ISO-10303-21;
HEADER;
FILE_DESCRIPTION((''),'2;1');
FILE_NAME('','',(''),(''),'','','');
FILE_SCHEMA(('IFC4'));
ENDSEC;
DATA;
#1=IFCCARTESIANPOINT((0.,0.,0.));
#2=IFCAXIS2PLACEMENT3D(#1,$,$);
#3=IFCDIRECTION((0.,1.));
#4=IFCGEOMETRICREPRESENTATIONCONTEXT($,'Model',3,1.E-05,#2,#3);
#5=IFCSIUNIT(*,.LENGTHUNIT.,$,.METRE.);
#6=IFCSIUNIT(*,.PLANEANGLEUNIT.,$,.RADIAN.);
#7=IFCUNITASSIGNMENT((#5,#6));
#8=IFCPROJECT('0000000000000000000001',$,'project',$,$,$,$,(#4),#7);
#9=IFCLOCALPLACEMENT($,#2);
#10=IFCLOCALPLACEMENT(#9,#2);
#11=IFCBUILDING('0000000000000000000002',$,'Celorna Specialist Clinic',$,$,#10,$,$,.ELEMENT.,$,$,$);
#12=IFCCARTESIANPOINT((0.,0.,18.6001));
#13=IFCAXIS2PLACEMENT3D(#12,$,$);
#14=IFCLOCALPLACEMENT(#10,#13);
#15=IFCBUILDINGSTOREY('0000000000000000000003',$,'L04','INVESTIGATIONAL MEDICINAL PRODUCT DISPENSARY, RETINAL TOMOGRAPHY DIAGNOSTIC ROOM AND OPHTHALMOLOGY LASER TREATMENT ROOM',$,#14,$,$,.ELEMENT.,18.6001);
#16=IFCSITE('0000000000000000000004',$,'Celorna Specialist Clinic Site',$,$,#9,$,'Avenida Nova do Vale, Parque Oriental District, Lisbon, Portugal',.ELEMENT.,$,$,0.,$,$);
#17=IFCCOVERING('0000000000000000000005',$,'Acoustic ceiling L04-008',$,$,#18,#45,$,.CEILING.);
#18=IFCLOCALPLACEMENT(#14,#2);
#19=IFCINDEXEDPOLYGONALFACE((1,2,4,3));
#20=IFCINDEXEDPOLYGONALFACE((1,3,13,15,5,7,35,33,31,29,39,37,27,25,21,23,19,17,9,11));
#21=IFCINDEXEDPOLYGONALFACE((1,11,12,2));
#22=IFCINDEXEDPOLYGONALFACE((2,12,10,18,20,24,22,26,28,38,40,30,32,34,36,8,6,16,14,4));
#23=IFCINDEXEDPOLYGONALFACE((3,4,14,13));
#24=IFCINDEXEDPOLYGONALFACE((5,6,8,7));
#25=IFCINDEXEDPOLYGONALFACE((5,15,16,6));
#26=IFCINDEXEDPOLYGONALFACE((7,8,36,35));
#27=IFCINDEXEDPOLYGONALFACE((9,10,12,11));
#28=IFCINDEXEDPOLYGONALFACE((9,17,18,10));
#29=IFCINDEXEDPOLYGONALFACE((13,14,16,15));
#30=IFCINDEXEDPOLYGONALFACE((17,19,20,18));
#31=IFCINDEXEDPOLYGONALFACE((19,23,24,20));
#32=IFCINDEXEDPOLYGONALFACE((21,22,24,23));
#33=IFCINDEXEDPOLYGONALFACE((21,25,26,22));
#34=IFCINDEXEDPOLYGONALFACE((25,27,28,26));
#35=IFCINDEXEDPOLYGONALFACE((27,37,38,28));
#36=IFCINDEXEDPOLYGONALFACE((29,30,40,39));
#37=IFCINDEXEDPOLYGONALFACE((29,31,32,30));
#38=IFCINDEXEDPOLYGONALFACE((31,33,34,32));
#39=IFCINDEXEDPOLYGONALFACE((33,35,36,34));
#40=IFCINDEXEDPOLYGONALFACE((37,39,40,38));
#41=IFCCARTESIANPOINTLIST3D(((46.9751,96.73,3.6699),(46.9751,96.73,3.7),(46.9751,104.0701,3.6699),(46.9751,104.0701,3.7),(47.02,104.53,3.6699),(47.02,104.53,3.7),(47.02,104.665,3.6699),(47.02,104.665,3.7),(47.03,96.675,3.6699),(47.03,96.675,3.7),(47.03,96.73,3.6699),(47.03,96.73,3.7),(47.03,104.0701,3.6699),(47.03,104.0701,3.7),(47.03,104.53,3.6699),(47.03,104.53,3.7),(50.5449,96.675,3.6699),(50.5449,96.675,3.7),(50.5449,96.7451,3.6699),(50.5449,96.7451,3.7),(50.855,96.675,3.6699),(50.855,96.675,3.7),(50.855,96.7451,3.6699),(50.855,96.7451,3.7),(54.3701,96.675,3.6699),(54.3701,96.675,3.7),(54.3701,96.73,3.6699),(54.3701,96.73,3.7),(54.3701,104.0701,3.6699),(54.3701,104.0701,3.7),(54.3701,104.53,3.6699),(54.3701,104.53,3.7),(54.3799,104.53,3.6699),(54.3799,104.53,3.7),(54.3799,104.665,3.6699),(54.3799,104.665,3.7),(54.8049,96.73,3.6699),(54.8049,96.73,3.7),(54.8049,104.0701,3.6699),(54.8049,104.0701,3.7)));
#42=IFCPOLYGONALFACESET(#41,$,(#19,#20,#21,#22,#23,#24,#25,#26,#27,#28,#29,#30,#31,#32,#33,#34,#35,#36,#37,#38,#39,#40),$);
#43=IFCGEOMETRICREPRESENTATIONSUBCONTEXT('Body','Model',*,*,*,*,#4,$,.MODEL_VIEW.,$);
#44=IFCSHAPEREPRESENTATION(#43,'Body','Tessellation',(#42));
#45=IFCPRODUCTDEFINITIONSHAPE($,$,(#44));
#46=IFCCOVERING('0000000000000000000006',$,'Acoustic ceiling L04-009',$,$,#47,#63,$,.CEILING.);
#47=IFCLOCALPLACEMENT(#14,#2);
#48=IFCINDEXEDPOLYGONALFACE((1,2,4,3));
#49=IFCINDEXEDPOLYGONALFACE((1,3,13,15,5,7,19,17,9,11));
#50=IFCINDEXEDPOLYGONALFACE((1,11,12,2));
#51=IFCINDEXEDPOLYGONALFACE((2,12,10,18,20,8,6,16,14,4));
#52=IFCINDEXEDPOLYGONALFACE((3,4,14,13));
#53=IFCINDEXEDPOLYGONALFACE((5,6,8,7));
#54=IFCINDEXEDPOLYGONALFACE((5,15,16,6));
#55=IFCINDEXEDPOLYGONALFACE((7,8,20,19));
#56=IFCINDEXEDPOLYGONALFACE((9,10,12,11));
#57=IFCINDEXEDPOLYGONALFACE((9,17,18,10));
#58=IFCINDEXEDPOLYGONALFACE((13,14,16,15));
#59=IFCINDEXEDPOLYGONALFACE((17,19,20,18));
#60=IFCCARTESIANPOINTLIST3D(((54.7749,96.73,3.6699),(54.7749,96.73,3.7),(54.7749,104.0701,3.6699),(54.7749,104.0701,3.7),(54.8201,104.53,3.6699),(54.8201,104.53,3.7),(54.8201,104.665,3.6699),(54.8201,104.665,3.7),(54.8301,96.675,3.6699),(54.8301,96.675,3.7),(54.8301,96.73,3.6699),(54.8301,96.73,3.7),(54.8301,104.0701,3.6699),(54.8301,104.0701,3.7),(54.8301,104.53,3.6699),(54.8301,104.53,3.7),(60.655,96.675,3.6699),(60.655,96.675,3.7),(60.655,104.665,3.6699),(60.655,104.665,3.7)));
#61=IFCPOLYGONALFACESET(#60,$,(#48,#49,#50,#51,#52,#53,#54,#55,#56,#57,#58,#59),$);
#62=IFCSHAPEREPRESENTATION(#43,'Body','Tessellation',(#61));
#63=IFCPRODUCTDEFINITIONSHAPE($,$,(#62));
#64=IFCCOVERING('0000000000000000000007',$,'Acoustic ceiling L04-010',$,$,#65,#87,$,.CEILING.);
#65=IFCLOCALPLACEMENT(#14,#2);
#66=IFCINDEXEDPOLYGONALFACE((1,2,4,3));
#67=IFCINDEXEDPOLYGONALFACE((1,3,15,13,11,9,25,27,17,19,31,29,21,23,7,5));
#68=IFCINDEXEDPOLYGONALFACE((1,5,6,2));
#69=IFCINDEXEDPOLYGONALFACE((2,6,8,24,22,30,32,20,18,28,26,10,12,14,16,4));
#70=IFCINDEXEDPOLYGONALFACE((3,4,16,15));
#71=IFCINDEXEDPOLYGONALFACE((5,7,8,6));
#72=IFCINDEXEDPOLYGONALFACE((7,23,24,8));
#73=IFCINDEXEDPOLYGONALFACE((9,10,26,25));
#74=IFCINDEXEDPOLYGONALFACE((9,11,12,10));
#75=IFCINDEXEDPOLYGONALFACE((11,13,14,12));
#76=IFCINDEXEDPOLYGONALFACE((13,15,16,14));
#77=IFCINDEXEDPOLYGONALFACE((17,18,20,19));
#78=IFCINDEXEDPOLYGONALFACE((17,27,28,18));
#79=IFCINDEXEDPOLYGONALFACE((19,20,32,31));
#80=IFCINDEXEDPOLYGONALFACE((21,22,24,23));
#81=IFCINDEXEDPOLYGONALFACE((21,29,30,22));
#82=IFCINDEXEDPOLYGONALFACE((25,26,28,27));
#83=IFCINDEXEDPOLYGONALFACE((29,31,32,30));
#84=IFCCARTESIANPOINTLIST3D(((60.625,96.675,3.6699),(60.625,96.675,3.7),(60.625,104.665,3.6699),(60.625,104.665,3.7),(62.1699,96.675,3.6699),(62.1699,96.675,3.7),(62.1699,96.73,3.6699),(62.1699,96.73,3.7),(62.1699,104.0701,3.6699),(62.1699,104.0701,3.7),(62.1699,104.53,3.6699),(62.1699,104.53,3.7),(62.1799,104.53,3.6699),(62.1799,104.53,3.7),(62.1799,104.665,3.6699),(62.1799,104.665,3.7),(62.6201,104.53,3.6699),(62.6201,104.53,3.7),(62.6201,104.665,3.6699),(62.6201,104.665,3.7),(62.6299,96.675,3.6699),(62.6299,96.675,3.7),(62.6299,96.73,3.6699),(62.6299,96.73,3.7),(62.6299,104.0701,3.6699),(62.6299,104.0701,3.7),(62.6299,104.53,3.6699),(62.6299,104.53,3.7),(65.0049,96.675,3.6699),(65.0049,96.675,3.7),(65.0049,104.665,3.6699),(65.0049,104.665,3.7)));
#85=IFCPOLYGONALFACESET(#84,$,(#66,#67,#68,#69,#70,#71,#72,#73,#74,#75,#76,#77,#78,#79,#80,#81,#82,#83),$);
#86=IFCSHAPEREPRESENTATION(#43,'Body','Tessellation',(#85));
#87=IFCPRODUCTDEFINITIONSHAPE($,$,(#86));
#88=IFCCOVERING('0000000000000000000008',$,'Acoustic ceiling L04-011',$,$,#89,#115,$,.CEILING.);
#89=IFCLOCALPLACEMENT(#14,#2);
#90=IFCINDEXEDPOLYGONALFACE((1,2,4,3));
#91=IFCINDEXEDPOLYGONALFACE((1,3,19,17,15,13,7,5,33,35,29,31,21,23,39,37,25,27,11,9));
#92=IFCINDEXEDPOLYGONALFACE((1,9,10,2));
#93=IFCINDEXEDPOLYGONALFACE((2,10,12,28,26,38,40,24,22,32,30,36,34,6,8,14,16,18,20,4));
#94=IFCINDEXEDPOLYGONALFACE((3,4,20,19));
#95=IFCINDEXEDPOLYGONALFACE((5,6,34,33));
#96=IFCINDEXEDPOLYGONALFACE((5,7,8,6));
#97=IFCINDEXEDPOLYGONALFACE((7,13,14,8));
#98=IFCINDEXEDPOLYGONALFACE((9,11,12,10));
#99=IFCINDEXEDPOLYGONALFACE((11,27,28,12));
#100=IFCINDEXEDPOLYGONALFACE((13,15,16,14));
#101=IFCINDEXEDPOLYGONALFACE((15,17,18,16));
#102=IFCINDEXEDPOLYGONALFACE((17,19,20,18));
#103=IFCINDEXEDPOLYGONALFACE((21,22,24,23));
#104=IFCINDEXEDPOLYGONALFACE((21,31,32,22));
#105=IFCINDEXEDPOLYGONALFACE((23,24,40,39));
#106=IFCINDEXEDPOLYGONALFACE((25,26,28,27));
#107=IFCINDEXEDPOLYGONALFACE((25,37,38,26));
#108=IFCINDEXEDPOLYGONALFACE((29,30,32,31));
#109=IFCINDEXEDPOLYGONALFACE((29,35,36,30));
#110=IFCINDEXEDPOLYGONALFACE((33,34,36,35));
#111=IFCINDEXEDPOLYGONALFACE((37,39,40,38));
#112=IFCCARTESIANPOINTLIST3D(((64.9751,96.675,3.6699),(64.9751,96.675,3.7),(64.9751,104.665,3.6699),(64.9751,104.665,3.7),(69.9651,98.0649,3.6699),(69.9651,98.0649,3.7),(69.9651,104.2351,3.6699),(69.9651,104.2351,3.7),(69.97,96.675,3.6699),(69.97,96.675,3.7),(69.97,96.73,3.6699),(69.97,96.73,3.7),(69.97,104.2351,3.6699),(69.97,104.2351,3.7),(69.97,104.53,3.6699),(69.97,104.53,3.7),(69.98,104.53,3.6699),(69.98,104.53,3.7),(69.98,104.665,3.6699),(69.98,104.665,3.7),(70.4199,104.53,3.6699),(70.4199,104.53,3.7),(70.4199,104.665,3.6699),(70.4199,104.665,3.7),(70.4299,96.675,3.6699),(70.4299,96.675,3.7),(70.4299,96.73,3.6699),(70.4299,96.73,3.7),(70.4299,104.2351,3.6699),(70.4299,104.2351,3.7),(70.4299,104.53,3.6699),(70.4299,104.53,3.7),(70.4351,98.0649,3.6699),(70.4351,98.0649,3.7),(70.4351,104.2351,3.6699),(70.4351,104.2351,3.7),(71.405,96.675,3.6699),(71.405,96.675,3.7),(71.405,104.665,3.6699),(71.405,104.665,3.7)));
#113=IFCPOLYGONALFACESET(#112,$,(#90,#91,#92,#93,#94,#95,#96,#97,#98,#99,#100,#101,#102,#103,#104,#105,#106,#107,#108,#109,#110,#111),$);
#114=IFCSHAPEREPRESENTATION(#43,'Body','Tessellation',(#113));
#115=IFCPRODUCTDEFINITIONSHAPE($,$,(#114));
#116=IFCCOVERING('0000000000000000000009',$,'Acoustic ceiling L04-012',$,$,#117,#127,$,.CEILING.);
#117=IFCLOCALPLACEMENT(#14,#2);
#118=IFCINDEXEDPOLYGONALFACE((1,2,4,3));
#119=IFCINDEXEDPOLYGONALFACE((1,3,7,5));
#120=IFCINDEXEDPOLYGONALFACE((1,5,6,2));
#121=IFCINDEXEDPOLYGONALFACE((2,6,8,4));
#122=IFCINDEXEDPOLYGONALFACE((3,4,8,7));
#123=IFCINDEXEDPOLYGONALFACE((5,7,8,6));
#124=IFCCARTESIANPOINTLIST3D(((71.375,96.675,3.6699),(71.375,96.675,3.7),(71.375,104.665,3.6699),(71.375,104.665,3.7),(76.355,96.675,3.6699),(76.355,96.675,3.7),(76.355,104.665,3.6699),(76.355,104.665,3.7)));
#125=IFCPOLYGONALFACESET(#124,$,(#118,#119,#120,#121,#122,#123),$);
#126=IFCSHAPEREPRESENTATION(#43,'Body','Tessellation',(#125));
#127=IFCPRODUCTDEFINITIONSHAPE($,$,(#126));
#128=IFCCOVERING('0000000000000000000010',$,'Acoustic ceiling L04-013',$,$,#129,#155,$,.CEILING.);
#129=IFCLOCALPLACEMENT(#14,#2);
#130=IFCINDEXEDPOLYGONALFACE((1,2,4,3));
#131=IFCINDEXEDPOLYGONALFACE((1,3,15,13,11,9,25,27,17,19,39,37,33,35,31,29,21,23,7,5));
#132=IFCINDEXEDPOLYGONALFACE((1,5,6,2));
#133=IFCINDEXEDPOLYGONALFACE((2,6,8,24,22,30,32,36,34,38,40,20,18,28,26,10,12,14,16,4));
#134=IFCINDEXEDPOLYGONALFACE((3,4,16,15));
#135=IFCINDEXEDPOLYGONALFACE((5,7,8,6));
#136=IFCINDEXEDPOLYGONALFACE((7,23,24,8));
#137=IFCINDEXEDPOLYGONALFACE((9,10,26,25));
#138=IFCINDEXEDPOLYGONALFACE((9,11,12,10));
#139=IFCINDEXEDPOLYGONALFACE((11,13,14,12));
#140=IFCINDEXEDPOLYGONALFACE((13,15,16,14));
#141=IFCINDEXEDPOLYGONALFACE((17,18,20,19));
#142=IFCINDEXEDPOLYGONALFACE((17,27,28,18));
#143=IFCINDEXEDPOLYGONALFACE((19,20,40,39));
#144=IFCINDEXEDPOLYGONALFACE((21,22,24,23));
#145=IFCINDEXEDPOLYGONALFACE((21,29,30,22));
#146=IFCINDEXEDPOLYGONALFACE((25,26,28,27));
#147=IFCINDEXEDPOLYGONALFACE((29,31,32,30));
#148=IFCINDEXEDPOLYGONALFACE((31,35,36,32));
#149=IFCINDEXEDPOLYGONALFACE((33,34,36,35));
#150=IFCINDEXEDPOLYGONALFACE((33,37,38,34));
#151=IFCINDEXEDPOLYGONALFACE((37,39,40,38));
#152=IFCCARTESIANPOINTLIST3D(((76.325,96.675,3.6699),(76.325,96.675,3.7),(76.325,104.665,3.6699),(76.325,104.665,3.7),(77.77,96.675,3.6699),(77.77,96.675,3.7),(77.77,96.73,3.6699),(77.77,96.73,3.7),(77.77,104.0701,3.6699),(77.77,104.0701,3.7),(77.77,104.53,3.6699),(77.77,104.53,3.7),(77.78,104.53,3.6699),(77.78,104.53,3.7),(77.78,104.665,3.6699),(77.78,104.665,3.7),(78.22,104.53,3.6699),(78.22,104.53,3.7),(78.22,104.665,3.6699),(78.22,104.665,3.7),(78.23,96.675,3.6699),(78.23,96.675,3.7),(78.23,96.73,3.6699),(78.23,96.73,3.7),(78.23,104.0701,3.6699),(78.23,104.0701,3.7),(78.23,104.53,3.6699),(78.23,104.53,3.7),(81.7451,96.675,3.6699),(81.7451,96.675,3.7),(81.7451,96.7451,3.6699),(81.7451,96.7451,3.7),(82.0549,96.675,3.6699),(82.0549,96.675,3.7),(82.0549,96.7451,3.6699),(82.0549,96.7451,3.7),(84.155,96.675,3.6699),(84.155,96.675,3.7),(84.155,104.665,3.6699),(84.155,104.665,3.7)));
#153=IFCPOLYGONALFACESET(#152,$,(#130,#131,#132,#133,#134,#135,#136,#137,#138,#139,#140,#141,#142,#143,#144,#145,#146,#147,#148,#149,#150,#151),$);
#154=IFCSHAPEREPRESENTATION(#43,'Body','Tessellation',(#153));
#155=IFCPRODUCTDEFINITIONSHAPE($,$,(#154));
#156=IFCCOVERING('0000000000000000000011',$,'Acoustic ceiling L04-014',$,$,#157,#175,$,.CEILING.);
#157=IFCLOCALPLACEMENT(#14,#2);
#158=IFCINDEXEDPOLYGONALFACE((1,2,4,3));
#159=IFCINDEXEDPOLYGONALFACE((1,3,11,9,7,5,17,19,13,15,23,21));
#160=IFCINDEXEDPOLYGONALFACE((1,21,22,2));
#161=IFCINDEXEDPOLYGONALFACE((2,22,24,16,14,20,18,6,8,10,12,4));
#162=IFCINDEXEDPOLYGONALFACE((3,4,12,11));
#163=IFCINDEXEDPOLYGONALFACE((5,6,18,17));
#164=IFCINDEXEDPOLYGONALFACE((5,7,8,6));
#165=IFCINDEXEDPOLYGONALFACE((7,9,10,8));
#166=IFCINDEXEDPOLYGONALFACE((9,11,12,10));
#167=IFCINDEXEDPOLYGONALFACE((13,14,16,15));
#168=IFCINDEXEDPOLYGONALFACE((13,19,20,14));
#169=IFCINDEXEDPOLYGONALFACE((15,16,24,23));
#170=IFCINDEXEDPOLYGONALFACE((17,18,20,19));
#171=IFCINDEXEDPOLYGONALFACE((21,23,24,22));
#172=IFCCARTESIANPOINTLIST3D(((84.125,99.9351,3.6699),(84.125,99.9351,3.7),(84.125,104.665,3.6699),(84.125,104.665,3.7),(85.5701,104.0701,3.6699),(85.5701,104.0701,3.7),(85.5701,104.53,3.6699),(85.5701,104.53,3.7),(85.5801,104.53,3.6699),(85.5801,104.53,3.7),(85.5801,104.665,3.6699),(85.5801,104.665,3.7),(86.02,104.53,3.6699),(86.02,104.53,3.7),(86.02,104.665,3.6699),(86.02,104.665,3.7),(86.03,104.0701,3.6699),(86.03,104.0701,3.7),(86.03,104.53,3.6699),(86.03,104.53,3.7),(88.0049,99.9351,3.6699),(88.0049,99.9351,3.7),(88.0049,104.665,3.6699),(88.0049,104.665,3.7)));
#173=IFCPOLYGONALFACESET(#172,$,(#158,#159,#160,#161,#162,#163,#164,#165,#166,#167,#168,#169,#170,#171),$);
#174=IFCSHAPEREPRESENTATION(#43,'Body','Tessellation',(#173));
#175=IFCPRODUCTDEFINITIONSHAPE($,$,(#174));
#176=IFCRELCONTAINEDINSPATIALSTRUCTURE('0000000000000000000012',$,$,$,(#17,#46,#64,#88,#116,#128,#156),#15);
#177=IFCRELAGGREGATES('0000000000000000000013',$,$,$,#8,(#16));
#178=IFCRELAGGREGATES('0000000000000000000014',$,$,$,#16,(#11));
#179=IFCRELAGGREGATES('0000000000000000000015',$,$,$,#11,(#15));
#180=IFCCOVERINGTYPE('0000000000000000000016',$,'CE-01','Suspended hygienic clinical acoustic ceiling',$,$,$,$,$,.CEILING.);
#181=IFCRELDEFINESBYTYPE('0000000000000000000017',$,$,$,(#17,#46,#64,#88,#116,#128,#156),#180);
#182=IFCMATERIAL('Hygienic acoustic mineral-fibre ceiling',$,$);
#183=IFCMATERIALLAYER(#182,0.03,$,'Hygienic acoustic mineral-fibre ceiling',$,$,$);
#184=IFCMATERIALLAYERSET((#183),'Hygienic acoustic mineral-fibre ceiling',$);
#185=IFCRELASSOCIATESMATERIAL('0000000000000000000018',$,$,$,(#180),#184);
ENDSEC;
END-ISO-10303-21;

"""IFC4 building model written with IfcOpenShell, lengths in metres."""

from ifc_helpers import new_model, si_unit, direction, frame, origin, place, context, subcontext, project, spatial, polyline, outline, extrude, material, layer, layer_set, type_object, element, save


model = new_model("IFC4")

# Units and contexts
model_context = context("Model", 3, precision=1e-05, world=origin(), true_north=direction((0.0, 1.0)))
body_context = subcontext(model_context, "Body", "Model", "MODEL_VIEW")
ifc_project = project(units=[si_unit("LENGTHUNIT", "METRE"), si_unit("PLANEANGLEUNIT", "RADIAN")], contexts=[model_context])

# Site, building, storey
site_placement = place(None, origin())
site = spatial("IfcSite", under=ifc_project, at=site_placement, Name="Celorna Specialist Clinic Site", LongName="Avenida Nova do Vale, Parque Oriental District, Lisbon, Portugal", CompositionType="ELEMENT", RefElevation=0.0)
building_placement = place(site_placement, origin())
building = spatial("IfcBuilding", under=site, at=building_placement, Name="Celorna Specialist Clinic", CompositionType="ELEMENT")
storey_placement = place(building_placement, frame((0.0, 0.0, 18.6001)))
storey = spatial("IfcBuildingStorey", under=building, at=storey_placement, Name="L04", Description="INVESTIGATIONAL MEDICINAL PRODUCT DISPENSARY, RETINAL TOMOGRAPHY DIAGNOSTIC ROOM AND OPHTHALMOLOGY LASER TREATMENT ROOM", CompositionType="ELEMENT", Elevation=18.6001)

# Coverings
ifc_material_1 = material(Name="Hygienic acoustic mineral-fibre ceiling")
ifc_layer_1 = layer(ifc_material_1, 0.03, Name="Hygienic acoustic mineral-fibre ceiling")
ifc_layer_set_1 = layer_set([ifc_layer_1], Name="Hygienic acoustic mineral-fibre ceiling")
covering_type_1 = type_object("IfcCoveringType", Name="CE-01", Description="Suspended hygienic clinical acoustic ceiling", PredefinedType="CEILING", material=ifc_layer_set_1)
covering_1_placement = place(storey_placement, frame((0.0, 0.0, 3.6699)))
element("IfcCovering", 1, at=covering_1_placement, inside=storey, type_object=covering_type_1, Name="Acoustic ceiling L04-008", PredefinedType="CEILING", context=body_context, shape_type="SweptSolid", body=[
    extrude(outline(polyline([(46.9751, 104.0701), (47.03, 104.0701), (47.03, 104.53), (47.02, 104.53), (47.02, 104.665), (54.3799, 104.665), (54.3799, 104.53), (54.3701, 104.53), (54.3701, 104.0701), (54.8049, 104.0701), (54.8049, 96.73), (54.3701, 96.73), (54.3701, 96.675), (50.855, 96.675), (50.855, 96.7451), (50.5449, 96.7451), (50.5449, 96.675), (47.03, 96.675), (47.03, 96.73), (46.9751, 96.73), (46.9751, 104.0701)])), origin(), (0.0, 0.0, 1.0), 0.03),
])
covering_2_placement = place(storey_placement, frame((0.0, 0.0, 3.6699)))
element("IfcCovering", 2, at=covering_2_placement, inside=storey, type_object=covering_type_1, Name="Acoustic ceiling L04-009", PredefinedType="CEILING", context=body_context, shape_type="SweptSolid", body=[
    extrude(outline(polyline([(54.7749, 104.0701), (54.8301, 104.0701), (54.8301, 104.53), (54.8201, 104.53), (54.8201, 104.665), (60.655, 104.665), (60.655, 96.675), (54.8301, 96.675), (54.8301, 96.73), (54.7749, 96.73), (54.7749, 104.0701)])), origin(), (0.0, 0.0, 1.0), 0.03),
])
covering_3_placement = place(storey_placement, frame((0.0, 0.0, 3.6699)))
element("IfcCovering", 3, at=covering_3_placement, inside=storey, type_object=covering_type_1, Name="Acoustic ceiling L04-010", PredefinedType="CEILING", context=body_context, shape_type="SweptSolid", body=[
    extrude(outline(polyline([(62.1799, 104.665), (62.1799, 104.53), (62.1699, 104.53), (62.1699, 104.0701), (62.6299, 104.0701), (62.6299, 104.53), (62.6201, 104.53), (62.6201, 104.665), (65.0049, 104.665), (65.0049, 96.675), (62.6299, 96.675), (62.6299, 96.73), (62.1699, 96.73), (62.1699, 96.675), (60.625, 96.675), (60.625, 104.665), (62.1799, 104.665)])), origin(), (0.0, 0.0, 1.0), 0.03),
])
covering_4_placement = place(storey_placement, frame((0.0, 0.0, 3.6699)))
element("IfcCovering", 4, at=covering_4_placement, inside=storey, type_object=covering_type_1, Name="Acoustic ceiling L04-011", PredefinedType="CEILING", context=body_context, shape_type="SweptSolid", body=[
    extrude(outline(polyline([(69.98, 104.665), (69.98, 104.53), (69.97, 104.53), (69.97, 104.2351), (69.9651, 104.2351), (69.9651, 98.0649), (70.4351, 98.0649), (70.4351, 104.2351), (70.4299, 104.2351), (70.4299, 104.53), (70.4199, 104.53), (70.4199, 104.665), (71.405, 104.665), (71.405, 96.675), (70.4299, 96.675), (70.4299, 96.73), (69.97, 96.73), (69.97, 96.675), (64.9751, 96.675), (64.9751, 104.665), (69.98, 104.665)])), origin(), (0.0, 0.0, 1.0), 0.03),
])
covering_5_placement = place(storey_placement, frame((0.0, 0.0, 3.6699)))
element("IfcCovering", 5, at=covering_5_placement, inside=storey, type_object=covering_type_1, Name="Acoustic ceiling L04-012", PredefinedType="CEILING", context=body_context, shape_type="SweptSolid", body=[
    extrude(outline(polyline([(76.355, 104.665), (76.355, 96.675), (71.375, 96.675), (71.375, 104.665), (76.355, 104.665)])), origin(), (0.0, 0.0, 1.0), 0.03),
])
covering_6_placement = place(storey_placement, frame((0.0, 0.0, 3.6699)))
element("IfcCovering", 6, at=covering_6_placement, inside=storey, type_object=covering_type_1, Name="Acoustic ceiling L04-013", PredefinedType="CEILING", context=body_context, shape_type="SweptSolid", body=[
    extrude(outline(polyline([(77.78, 104.665), (77.78, 104.53), (77.77, 104.53), (77.77, 104.0701), (78.23, 104.0701), (78.23, 104.53), (78.22, 104.53), (78.22, 104.665), (84.155, 104.665), (84.155, 96.675), (82.0549, 96.675), (82.0549, 96.7451), (81.7451, 96.7451), (81.7451, 96.675), (78.23, 96.675), (78.23, 96.73), (77.77, 96.73), (77.77, 96.675), (76.325, 96.675), (76.325, 104.665), (77.78, 104.665)])), origin(), (0.0, 0.0, 1.0), 0.03),
])
covering_7_placement = place(storey_placement, frame((0.0, 0.0, 3.6699)))
element("IfcCovering", 7, at=covering_7_placement, inside=storey, type_object=covering_type_1, Name="Acoustic ceiling L04-014", PredefinedType="CEILING", context=body_context, shape_type="SweptSolid", body=[
    extrude(outline(polyline([(85.5801, 104.665), (85.5801, 104.53), (85.5701, 104.53), (85.5701, 104.0701), (86.03, 104.0701), (86.03, 104.53), (86.02, 104.53), (86.02, 104.665), (88.0049, 104.665), (88.0049, 99.9351), (84.125, 99.9351), (84.125, 104.665), (85.5801, 104.665)])), origin(), (0.0, 0.0, 1.0), 0.03),
])

save(model, "model.ifc")
